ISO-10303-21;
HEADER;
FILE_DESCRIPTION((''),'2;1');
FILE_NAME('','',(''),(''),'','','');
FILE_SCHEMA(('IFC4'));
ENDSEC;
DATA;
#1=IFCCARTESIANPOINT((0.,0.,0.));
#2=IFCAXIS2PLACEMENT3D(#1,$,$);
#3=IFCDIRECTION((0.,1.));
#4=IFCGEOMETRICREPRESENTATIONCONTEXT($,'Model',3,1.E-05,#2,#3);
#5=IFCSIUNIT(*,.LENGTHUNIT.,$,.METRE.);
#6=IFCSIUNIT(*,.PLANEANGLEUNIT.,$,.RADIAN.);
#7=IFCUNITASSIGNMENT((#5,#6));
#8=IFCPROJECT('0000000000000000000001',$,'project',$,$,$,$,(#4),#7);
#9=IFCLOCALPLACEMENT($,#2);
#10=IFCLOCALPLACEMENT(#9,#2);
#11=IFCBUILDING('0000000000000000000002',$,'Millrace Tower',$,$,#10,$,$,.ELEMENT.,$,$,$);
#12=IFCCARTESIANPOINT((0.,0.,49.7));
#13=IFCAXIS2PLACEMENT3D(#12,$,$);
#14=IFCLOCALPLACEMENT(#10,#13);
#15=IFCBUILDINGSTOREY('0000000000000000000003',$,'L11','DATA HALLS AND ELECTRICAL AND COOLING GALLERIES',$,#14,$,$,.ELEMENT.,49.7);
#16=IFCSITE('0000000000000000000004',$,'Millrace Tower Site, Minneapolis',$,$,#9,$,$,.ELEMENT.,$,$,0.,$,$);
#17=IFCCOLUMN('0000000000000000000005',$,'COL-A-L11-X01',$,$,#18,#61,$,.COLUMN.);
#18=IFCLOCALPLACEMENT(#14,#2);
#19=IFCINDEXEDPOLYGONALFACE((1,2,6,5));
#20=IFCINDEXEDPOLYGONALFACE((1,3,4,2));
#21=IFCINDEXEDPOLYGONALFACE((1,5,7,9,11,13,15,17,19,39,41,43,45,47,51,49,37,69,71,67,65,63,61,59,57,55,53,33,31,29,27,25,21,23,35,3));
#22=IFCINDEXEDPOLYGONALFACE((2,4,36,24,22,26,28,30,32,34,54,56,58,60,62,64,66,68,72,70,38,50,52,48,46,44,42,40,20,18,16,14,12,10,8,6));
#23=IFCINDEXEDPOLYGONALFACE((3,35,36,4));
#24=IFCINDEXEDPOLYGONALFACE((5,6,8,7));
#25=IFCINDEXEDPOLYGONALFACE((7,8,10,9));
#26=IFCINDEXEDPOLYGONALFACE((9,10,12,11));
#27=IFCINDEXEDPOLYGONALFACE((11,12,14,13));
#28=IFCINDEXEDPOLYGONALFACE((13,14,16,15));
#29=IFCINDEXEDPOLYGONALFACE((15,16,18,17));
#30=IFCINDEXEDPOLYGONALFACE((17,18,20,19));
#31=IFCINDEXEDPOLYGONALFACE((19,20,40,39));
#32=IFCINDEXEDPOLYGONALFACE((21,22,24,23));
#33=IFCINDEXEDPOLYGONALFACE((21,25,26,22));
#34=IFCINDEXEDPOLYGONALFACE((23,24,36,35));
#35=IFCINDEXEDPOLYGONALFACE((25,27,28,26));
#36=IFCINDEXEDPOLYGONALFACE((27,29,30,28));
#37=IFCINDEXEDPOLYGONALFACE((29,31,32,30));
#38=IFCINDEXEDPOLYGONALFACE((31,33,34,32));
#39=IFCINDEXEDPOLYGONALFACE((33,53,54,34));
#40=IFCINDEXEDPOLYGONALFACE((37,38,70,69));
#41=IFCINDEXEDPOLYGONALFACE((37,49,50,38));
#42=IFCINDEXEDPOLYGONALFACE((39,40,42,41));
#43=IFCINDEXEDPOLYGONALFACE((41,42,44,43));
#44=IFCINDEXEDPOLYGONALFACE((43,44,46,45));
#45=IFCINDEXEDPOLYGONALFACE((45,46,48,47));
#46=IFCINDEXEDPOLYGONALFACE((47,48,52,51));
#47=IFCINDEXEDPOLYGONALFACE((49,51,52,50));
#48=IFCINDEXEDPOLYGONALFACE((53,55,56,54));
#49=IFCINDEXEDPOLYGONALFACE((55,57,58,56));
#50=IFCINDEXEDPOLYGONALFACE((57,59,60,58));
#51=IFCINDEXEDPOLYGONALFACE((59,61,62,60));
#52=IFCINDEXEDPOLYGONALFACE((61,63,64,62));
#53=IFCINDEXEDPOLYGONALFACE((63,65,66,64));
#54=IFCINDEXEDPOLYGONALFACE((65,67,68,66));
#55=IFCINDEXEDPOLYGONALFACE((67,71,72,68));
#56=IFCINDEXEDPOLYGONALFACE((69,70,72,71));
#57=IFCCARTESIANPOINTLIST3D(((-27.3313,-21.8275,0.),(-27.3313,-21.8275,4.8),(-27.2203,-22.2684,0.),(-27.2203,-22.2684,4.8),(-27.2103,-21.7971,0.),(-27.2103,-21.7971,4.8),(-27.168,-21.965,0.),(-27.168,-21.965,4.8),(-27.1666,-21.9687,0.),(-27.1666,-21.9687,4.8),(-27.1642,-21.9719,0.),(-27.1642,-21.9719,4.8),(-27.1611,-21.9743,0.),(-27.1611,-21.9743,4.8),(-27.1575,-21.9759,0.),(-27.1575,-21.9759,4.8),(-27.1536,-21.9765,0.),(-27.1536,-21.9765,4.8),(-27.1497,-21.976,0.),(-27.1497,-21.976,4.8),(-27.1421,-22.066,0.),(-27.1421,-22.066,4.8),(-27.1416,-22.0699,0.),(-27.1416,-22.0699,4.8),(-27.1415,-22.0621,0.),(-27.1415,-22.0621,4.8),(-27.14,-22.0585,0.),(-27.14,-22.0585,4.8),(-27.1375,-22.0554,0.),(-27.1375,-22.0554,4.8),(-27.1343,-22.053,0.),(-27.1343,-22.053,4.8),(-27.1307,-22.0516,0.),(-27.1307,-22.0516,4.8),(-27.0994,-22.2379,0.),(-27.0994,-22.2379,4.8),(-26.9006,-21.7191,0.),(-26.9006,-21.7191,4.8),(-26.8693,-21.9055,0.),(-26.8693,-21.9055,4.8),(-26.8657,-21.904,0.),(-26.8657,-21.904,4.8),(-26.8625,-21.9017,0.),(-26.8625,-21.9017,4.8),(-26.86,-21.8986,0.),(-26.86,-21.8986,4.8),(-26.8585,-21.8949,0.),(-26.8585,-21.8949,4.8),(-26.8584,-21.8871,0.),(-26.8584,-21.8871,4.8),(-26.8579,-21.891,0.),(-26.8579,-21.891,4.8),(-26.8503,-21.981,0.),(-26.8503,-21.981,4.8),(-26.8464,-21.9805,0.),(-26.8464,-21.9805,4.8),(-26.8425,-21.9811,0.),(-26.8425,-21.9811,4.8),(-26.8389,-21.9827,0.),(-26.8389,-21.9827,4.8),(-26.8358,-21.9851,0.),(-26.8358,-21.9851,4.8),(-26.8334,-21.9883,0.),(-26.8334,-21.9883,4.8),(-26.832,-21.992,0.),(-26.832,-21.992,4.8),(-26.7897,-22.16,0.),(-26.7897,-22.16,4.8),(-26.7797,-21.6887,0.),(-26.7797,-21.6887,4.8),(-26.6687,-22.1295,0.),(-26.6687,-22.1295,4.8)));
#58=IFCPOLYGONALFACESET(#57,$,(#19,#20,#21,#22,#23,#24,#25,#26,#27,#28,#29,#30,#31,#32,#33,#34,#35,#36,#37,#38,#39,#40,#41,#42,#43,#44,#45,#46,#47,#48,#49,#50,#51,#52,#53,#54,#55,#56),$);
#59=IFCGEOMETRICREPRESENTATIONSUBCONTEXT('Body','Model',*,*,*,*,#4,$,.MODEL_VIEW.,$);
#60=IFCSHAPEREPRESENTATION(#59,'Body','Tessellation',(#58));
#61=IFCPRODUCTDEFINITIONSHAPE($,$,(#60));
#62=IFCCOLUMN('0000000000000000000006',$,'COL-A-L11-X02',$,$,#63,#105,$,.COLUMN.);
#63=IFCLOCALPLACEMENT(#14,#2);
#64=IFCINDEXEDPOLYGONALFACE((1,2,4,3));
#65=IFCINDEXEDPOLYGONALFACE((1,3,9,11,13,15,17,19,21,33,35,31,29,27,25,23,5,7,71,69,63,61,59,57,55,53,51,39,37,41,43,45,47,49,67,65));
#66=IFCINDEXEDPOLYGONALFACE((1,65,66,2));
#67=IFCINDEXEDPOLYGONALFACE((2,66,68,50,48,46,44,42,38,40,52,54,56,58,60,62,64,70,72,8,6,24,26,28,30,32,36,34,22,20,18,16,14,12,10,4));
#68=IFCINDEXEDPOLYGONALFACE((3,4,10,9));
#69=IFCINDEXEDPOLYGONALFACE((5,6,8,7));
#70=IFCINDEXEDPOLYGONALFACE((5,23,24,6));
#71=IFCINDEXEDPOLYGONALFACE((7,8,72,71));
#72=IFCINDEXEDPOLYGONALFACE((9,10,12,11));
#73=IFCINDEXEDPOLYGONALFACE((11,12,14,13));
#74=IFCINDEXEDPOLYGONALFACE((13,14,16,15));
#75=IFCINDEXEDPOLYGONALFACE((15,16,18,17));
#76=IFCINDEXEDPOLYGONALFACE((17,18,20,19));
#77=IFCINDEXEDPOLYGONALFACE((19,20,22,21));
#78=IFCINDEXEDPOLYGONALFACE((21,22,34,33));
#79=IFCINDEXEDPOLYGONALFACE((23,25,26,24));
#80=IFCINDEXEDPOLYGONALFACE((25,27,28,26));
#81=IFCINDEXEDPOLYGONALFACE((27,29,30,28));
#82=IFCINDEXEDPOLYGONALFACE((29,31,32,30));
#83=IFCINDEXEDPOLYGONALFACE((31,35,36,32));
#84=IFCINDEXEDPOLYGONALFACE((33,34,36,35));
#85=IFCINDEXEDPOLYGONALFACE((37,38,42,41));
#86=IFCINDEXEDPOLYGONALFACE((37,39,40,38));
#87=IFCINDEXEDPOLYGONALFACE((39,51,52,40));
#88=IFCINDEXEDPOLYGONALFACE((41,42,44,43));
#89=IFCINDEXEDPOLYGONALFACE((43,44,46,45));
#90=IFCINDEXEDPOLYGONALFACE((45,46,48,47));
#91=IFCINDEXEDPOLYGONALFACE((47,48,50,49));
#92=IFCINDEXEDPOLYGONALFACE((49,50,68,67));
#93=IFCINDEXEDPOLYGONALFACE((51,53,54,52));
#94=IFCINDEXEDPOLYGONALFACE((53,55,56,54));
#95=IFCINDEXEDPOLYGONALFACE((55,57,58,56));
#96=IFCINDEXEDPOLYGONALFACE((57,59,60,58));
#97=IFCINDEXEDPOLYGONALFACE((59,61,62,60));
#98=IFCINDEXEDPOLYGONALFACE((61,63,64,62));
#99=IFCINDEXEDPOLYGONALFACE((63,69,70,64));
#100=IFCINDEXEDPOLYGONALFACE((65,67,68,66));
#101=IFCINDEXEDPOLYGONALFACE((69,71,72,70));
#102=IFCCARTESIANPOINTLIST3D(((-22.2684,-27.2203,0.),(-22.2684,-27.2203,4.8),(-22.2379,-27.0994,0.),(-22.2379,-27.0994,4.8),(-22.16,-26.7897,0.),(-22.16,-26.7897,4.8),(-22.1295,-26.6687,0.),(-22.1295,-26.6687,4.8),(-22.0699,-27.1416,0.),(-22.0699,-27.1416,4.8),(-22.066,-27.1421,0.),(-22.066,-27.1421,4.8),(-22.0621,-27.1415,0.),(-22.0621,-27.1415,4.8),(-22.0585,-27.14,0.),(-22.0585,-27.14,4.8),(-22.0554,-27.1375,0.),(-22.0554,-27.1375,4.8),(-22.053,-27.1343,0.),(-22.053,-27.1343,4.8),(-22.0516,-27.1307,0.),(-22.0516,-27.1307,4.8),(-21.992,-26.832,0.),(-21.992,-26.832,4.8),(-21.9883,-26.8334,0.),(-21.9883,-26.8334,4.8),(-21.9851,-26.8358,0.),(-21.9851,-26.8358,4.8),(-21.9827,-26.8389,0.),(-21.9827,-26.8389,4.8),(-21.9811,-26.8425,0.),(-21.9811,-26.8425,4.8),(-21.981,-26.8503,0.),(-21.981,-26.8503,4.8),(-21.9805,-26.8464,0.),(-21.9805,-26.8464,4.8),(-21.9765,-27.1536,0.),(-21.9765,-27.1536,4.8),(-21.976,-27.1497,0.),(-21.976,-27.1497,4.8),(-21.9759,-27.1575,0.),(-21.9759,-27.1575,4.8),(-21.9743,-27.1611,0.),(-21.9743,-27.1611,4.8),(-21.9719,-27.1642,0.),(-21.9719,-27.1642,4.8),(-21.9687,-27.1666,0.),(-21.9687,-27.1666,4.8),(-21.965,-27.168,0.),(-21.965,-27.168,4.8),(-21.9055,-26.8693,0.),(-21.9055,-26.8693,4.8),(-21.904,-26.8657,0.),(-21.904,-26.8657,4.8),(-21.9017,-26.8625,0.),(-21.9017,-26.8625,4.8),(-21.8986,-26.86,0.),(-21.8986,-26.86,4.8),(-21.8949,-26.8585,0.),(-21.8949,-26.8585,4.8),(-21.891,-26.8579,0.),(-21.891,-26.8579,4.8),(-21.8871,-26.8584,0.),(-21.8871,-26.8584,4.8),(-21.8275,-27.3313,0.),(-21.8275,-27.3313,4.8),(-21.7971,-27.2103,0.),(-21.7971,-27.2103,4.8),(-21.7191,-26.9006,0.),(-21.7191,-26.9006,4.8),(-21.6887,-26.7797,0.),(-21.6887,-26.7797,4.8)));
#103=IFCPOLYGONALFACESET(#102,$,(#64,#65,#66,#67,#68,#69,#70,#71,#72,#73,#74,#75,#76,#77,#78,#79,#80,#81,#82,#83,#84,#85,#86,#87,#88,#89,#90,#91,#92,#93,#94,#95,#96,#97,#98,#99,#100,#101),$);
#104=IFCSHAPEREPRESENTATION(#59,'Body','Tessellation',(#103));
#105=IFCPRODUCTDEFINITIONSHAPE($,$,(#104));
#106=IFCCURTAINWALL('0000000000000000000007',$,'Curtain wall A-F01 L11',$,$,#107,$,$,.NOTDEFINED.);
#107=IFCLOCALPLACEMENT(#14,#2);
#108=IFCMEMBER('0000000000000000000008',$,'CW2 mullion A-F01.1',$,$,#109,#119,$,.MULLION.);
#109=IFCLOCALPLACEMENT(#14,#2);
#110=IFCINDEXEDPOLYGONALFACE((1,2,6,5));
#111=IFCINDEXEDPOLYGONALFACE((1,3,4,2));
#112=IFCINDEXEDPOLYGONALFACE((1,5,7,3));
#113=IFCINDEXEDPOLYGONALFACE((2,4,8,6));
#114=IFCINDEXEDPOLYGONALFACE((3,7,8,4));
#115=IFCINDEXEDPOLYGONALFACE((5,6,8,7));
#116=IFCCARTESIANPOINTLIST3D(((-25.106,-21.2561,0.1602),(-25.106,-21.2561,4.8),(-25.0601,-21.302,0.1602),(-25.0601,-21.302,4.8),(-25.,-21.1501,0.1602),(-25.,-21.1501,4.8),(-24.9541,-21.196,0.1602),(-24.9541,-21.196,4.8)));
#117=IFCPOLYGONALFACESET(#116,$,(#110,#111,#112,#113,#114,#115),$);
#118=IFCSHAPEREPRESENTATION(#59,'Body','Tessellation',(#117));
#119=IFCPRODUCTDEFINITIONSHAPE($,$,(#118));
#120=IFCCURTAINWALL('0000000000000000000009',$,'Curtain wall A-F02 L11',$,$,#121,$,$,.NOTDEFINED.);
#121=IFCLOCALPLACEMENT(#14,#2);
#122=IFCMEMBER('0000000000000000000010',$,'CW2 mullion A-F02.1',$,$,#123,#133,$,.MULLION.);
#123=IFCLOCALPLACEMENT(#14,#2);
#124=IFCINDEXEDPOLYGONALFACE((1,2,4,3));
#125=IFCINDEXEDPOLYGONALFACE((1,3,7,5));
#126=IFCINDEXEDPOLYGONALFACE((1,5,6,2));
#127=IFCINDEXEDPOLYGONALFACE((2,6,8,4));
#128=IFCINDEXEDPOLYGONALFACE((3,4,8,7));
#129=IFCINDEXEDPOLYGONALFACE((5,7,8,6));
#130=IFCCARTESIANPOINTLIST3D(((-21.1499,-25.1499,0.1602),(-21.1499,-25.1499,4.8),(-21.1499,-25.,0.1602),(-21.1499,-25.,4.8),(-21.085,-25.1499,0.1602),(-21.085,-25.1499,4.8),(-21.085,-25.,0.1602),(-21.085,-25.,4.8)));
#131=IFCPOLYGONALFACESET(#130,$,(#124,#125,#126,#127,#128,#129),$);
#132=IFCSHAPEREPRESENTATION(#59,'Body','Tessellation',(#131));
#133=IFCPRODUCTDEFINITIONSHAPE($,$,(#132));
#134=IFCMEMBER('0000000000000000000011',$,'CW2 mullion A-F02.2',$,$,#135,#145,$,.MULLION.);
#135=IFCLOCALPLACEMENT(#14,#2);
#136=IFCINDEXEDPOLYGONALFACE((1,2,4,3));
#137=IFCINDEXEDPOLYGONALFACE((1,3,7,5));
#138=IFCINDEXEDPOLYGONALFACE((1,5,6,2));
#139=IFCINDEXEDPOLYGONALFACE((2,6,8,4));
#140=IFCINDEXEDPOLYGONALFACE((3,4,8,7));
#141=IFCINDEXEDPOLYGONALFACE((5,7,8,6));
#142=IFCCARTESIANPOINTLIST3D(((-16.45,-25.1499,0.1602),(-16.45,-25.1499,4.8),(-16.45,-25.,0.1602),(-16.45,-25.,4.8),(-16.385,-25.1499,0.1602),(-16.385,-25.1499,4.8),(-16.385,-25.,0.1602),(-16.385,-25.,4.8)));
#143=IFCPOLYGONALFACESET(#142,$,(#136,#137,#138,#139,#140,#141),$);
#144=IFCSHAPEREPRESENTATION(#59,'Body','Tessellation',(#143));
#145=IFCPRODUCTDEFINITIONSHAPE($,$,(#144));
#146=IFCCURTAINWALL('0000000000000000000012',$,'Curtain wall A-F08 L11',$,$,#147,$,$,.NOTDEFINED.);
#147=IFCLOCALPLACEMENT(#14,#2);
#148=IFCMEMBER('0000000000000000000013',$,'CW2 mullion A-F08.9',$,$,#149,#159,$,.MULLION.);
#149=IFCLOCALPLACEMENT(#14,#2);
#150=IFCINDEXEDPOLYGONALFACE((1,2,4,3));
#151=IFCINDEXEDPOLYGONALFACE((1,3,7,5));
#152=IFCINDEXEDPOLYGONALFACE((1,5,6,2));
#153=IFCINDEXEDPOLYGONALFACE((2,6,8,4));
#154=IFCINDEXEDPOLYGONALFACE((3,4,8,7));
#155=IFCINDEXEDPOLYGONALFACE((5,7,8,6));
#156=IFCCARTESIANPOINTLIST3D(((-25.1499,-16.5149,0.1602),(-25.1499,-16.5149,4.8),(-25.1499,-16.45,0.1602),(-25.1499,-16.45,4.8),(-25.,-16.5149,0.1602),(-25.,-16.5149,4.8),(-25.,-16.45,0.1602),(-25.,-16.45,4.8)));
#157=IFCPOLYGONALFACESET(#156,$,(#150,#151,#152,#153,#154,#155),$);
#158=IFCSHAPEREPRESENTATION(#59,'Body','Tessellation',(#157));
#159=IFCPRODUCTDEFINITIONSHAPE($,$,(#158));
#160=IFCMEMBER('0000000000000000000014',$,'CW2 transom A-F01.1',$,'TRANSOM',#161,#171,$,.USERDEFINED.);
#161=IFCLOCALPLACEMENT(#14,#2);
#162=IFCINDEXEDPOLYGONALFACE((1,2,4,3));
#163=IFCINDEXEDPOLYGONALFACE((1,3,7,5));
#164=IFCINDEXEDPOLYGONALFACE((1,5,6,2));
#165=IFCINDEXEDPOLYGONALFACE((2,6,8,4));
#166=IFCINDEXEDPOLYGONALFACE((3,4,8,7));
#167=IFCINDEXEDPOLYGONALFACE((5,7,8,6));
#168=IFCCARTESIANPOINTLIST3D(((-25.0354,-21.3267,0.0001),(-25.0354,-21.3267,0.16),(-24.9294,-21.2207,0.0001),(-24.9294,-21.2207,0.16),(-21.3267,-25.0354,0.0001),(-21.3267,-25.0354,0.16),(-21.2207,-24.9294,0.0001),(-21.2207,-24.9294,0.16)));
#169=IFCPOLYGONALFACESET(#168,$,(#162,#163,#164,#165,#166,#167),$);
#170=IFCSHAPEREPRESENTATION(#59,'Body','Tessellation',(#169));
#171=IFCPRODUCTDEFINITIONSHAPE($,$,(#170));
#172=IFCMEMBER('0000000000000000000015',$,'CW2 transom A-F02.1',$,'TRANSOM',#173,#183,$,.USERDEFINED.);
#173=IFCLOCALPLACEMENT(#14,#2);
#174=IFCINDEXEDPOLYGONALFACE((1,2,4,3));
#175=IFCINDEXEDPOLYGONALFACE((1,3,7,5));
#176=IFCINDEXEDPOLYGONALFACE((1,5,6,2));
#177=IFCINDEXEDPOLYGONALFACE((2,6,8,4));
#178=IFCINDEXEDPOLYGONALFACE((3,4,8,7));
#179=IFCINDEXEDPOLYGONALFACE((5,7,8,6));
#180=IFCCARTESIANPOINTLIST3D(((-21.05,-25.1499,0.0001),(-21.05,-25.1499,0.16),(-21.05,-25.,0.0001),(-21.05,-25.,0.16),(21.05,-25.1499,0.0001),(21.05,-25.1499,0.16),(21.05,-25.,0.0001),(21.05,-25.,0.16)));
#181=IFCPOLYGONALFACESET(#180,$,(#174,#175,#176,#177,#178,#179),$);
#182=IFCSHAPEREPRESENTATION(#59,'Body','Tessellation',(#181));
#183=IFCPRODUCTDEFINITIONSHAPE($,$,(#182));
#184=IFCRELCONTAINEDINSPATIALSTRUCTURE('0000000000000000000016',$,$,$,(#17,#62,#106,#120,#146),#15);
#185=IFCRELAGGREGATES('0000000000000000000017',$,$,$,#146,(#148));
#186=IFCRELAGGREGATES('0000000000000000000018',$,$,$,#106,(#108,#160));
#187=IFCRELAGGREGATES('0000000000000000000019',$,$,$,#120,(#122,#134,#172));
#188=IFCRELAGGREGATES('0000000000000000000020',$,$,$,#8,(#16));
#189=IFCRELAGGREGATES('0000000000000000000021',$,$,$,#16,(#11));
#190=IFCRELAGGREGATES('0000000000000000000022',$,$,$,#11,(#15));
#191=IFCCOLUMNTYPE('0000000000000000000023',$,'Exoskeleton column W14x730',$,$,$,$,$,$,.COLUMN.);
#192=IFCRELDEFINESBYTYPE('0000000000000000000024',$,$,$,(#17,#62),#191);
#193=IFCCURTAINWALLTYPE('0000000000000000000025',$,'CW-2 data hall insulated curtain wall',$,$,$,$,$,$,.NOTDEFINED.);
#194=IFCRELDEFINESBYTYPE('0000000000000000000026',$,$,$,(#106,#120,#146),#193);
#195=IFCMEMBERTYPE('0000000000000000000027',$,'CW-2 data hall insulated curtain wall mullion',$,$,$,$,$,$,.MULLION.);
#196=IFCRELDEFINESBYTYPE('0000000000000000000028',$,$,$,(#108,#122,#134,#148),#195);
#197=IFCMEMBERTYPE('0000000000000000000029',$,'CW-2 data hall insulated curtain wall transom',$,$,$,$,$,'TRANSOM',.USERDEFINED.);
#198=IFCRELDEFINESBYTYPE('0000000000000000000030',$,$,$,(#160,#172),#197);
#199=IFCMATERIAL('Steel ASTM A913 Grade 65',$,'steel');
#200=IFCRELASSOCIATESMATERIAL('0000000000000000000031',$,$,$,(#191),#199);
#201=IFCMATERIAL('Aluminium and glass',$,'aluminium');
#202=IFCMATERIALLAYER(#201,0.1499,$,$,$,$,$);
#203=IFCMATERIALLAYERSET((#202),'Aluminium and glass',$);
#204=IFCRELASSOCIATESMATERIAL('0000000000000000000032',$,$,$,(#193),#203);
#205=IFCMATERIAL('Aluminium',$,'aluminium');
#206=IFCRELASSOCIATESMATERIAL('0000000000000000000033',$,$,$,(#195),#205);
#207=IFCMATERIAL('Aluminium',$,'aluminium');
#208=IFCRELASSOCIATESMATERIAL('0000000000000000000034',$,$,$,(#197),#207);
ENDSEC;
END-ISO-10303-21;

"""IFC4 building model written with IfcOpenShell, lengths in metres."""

from ifc_helpers import new_model, si_unit, direction, frame, origin, origin_2d, place, context, subcontext, project, spatial, rectangle, i_section, extrude, material, layer, layer_set, material_profile, profile_set, type_object, element, aggregate, save


model = new_model("IFC4")

# Units and contexts
model_context = context("Model", 3, precision=1e-05, world=origin(), true_north=direction((0.0, 1.0)))
body_context = subcontext(model_context, "Body", "Model", "MODEL_VIEW")
ifc_project = project(units=[si_unit("LENGTHUNIT", "METRE"), si_unit("PLANEANGLEUNIT", "RADIAN")], contexts=[model_context])

# Site, building, storey
site_placement = place(None, origin())
site = spatial("IfcSite", under=ifc_project, at=site_placement, Name="Millrace Tower Site, Minneapolis", CompositionType="ELEMENT", RefElevation=0.0)
building_placement = place(site_placement, origin())
building = spatial("IfcBuilding", under=site, at=building_placement, Name="Millrace Tower", CompositionType="ELEMENT")
storey_placement = place(building_placement, frame((0.0, 0.0, 49.7)))
storey = spatial("IfcBuildingStorey", under=building, at=storey_placement, Name="L11", Description="DATA HALLS AND ELECTRICAL AND COOLING GALLERIES", CompositionType="ELEMENT", Elevation=49.7)

# Columns
ifc_material_1 = material(Name="Steel ASTM A913 Grade 65", Category="steel")
ifc_material_profile_1 = material_profile(ifc_material_1, i_section(OverallWidth=0.4546, OverallDepth=0.5688, WebThickness=0.0779, FlangeThickness=0.1248, FilletRadius=0.0151, at=origin_2d()))
ifc_profile_set_1 = profile_set([ifc_material_profile_1], Name="Steel ASTM A913 Grade 65")
column_type = type_object("IfcColumnType", Name="Exoskeleton column W14x730", PredefinedType="COLUMN", material=ifc_profile_set_1)
for number, where, z_axis, x_axis, name in (
    (1, (-27.0, -21.9785, 0.0), (0.0, 0.0, 1.0), (0.244094, -0.969752, 0.0), "COL-A-L11-X01"),
    (2, (-21.9785, -27.0, 0.0), (0.0, 0.0, 1.0), (0.969752, -0.244094, 0.0), "COL-A-L11-X02"),
):
    element("IfcColumn", number, at=place(storey_placement, frame(where, z_axis=z_axis, x_axis=x_axis)), inside=storey, type_object=column_type, Name=name, PredefinedType="COLUMN", context=body_context, shape_type="SweptSolid", body=[
        extrude(i_section(OverallWidth=0.4546, OverallDepth=0.5688, WebThickness=0.0779, FlangeThickness=0.1248, FilletRadius=0.0151, at=origin_2d()), origin(), (0.0, 0.0, 1.0), 4.8),
    ])

# Curtain wall, member
ifc_material_2 = material(Name="Aluminium and glass", Category="aluminium")
ifc_layer_1 = layer(ifc_material_2, 0.1499)
ifc_layer_set_1 = layer_set([ifc_layer_1], Name="Aluminium and glass")
curtain_wall_type = type_object("IfcCurtainWallType", Name="CW-2 data hall insulated curtain wall", PredefinedType="NOTDEFINED", material=ifc_layer_set_1)
placement = place(storey_placement, origin())
curtain_wall_1 = element("IfcCurtainWall", 3, at=placement, inside=storey, type_object=curtain_wall_type, Name="Curtain wall A-F01 L11", PredefinedType="NOTDEFINED")
ifc_material_3 = material(Name="Aluminium", Category="aluminium")
ifc_material_profile_2 = material_profile(ifc_material_3, rectangle(XDim=0.0649, YDim=0.1499, at=origin_2d()))
ifc_profile_set_2 = profile_set([ifc_material_profile_2], Name="Aluminium")
member_type_1 = type_object("IfcMemberType", Name="CW-2 data hall insulated curtain wall mullion", PredefinedType="MULLION", material=ifc_profile_set_2)
member_1_placement = place(storey_placement, frame((-25.03, -21.2261, 0.1602), z_axis=(0.0, 0.0, 1.0), x_axis=(0.707107, -0.707107, 0.0)))
member_1 = element("IfcMember", 4, at=member_1_placement, type_object=member_type_1, Name="CW2 mullion A-F01.1", PredefinedType="MULLION", context=body_context, shape_type="SweptSolid", body=[
    extrude(rectangle(XDim=0.0649, YDim=0.1499, at=origin_2d()), origin(), (0.0, 0.0, 1.0), 4.6399),
])

# Curtain wall, members
curtain_wall_2 = element("IfcCurtainWall", 5, at=placement, inside=storey, type_object=curtain_wall_type, Name="Curtain wall A-F02 L11", PredefinedType="NOTDEFINED")
member_2_placement = place(storey_placement, frame((-21.1174, -25.075, 0.1602), z_axis=(0.0, 0.0, 1.0), x_axis=(1.0, 0.0, 0.0)))
member_2 = element("IfcMember", 6, at=member_2_placement, type_object=member_type_1, Name="CW2 mullion A-F02.1", PredefinedType="MULLION", context=body_context, shape_type="SweptSolid", body=[
    extrude(rectangle(XDim=0.0649, YDim=0.1499, at=origin_2d()), origin(), (0.0, 0.0, 1.0), 4.6399),
])
member_3_placement = place(storey_placement, frame((-16.4175, -25.075, 0.1602), z_axis=(0.0, 0.0, 1.0), x_axis=(1.0, 0.0, 0.0)))
member_3 = element("IfcMember", 7, at=member_3_placement, type_object=member_type_1, Name="CW2 mullion A-F02.2", PredefinedType="MULLION", context=body_context, shape_type="SweptSolid", body=[
    extrude(rectangle(XDim=0.0649, YDim=0.1499, at=origin_2d()), origin(), (0.0, 0.0, 1.0), 4.6399),
])

# Curtain wall, member
curtain_wall_3 = element("IfcCurtainWall", 8, at=placement, inside=storey, type_object=curtain_wall_type, Name="Curtain wall A-F08 L11", PredefinedType="NOTDEFINED")
member_4_placement = place(storey_placement, frame((-25.075, -16.4824, 0.1602), z_axis=(0.0, 0.0, 1.0), x_axis=(0.0, -1.0, 0.0)))
member_4 = element("IfcMember", 9, at=member_4_placement, type_object=member_type_1, Name="CW2 mullion A-F08.9", PredefinedType="MULLION", context=body_context, shape_type="SweptSolid", body=[
    extrude(rectangle(XDim=0.0649, YDim=0.1499, at=origin_2d()), origin(), (0.0, 0.0, 1.0), 4.6399),
])
aggregate(curtain_wall_3, [member_4])

# Members
ifc_material_4 = material(Name="Aluminium", Category="aluminium")
ifc_material_profile_3 = material_profile(ifc_material_4, rectangle(XDim=0.1499, YDim=0.1599, at=origin_2d()))
ifc_profile_set_3 = profile_set([ifc_material_profile_3], Name="Aluminium")
member_type_2 = type_object("IfcMemberType", Name="CW-2 data hall insulated curtain wall transom", ElementType="TRANSOM", PredefinedType="USERDEFINED", material=ifc_profile_set_3)
member_5_placement = place(storey_placement, frame((-24.9824, -21.2737, 0.0801), z_axis=(0.707107, -0.707107, 0.0), x_axis=(0.707107, 0.707107, 0.0)))
member_5 = element("IfcMember", 10, at=member_5_placement, type_object=member_type_2, Name="CW2 transom A-F01.1", ObjectType="TRANSOM", PredefinedType="USERDEFINED", context=body_context, shape_type="SweptSolid", body=[
    extrude(rectangle(XDim=0.1499, YDim=0.1599, at=origin_2d()), origin(), (0.0, 0.0, 1.0), 5.2449),
])
aggregate(curtain_wall_1, [member_1, member_5])
member_6_placement = place(storey_placement, frame((-21.05, -25.075, 0.0801), z_axis=(1.0, 0.0, 0.0), x_axis=(0.0, 1.0, 0.0)))
member_6 = element("IfcMember", 11, at=member_6_placement, type_object=member_type_2, Name="CW2 transom A-F02.1", ObjectType="TRANSOM", PredefinedType="USERDEFINED", context=body_context, shape_type="SweptSolid", body=[
    extrude(rectangle(XDim=0.1499, YDim=0.1599, at=origin_2d()), origin(), (0.0, 0.0, 1.0), 42.1001),
])
aggregate(curtain_wall_2, [member_2, member_3, member_6])

save(model, "model.ifc")
